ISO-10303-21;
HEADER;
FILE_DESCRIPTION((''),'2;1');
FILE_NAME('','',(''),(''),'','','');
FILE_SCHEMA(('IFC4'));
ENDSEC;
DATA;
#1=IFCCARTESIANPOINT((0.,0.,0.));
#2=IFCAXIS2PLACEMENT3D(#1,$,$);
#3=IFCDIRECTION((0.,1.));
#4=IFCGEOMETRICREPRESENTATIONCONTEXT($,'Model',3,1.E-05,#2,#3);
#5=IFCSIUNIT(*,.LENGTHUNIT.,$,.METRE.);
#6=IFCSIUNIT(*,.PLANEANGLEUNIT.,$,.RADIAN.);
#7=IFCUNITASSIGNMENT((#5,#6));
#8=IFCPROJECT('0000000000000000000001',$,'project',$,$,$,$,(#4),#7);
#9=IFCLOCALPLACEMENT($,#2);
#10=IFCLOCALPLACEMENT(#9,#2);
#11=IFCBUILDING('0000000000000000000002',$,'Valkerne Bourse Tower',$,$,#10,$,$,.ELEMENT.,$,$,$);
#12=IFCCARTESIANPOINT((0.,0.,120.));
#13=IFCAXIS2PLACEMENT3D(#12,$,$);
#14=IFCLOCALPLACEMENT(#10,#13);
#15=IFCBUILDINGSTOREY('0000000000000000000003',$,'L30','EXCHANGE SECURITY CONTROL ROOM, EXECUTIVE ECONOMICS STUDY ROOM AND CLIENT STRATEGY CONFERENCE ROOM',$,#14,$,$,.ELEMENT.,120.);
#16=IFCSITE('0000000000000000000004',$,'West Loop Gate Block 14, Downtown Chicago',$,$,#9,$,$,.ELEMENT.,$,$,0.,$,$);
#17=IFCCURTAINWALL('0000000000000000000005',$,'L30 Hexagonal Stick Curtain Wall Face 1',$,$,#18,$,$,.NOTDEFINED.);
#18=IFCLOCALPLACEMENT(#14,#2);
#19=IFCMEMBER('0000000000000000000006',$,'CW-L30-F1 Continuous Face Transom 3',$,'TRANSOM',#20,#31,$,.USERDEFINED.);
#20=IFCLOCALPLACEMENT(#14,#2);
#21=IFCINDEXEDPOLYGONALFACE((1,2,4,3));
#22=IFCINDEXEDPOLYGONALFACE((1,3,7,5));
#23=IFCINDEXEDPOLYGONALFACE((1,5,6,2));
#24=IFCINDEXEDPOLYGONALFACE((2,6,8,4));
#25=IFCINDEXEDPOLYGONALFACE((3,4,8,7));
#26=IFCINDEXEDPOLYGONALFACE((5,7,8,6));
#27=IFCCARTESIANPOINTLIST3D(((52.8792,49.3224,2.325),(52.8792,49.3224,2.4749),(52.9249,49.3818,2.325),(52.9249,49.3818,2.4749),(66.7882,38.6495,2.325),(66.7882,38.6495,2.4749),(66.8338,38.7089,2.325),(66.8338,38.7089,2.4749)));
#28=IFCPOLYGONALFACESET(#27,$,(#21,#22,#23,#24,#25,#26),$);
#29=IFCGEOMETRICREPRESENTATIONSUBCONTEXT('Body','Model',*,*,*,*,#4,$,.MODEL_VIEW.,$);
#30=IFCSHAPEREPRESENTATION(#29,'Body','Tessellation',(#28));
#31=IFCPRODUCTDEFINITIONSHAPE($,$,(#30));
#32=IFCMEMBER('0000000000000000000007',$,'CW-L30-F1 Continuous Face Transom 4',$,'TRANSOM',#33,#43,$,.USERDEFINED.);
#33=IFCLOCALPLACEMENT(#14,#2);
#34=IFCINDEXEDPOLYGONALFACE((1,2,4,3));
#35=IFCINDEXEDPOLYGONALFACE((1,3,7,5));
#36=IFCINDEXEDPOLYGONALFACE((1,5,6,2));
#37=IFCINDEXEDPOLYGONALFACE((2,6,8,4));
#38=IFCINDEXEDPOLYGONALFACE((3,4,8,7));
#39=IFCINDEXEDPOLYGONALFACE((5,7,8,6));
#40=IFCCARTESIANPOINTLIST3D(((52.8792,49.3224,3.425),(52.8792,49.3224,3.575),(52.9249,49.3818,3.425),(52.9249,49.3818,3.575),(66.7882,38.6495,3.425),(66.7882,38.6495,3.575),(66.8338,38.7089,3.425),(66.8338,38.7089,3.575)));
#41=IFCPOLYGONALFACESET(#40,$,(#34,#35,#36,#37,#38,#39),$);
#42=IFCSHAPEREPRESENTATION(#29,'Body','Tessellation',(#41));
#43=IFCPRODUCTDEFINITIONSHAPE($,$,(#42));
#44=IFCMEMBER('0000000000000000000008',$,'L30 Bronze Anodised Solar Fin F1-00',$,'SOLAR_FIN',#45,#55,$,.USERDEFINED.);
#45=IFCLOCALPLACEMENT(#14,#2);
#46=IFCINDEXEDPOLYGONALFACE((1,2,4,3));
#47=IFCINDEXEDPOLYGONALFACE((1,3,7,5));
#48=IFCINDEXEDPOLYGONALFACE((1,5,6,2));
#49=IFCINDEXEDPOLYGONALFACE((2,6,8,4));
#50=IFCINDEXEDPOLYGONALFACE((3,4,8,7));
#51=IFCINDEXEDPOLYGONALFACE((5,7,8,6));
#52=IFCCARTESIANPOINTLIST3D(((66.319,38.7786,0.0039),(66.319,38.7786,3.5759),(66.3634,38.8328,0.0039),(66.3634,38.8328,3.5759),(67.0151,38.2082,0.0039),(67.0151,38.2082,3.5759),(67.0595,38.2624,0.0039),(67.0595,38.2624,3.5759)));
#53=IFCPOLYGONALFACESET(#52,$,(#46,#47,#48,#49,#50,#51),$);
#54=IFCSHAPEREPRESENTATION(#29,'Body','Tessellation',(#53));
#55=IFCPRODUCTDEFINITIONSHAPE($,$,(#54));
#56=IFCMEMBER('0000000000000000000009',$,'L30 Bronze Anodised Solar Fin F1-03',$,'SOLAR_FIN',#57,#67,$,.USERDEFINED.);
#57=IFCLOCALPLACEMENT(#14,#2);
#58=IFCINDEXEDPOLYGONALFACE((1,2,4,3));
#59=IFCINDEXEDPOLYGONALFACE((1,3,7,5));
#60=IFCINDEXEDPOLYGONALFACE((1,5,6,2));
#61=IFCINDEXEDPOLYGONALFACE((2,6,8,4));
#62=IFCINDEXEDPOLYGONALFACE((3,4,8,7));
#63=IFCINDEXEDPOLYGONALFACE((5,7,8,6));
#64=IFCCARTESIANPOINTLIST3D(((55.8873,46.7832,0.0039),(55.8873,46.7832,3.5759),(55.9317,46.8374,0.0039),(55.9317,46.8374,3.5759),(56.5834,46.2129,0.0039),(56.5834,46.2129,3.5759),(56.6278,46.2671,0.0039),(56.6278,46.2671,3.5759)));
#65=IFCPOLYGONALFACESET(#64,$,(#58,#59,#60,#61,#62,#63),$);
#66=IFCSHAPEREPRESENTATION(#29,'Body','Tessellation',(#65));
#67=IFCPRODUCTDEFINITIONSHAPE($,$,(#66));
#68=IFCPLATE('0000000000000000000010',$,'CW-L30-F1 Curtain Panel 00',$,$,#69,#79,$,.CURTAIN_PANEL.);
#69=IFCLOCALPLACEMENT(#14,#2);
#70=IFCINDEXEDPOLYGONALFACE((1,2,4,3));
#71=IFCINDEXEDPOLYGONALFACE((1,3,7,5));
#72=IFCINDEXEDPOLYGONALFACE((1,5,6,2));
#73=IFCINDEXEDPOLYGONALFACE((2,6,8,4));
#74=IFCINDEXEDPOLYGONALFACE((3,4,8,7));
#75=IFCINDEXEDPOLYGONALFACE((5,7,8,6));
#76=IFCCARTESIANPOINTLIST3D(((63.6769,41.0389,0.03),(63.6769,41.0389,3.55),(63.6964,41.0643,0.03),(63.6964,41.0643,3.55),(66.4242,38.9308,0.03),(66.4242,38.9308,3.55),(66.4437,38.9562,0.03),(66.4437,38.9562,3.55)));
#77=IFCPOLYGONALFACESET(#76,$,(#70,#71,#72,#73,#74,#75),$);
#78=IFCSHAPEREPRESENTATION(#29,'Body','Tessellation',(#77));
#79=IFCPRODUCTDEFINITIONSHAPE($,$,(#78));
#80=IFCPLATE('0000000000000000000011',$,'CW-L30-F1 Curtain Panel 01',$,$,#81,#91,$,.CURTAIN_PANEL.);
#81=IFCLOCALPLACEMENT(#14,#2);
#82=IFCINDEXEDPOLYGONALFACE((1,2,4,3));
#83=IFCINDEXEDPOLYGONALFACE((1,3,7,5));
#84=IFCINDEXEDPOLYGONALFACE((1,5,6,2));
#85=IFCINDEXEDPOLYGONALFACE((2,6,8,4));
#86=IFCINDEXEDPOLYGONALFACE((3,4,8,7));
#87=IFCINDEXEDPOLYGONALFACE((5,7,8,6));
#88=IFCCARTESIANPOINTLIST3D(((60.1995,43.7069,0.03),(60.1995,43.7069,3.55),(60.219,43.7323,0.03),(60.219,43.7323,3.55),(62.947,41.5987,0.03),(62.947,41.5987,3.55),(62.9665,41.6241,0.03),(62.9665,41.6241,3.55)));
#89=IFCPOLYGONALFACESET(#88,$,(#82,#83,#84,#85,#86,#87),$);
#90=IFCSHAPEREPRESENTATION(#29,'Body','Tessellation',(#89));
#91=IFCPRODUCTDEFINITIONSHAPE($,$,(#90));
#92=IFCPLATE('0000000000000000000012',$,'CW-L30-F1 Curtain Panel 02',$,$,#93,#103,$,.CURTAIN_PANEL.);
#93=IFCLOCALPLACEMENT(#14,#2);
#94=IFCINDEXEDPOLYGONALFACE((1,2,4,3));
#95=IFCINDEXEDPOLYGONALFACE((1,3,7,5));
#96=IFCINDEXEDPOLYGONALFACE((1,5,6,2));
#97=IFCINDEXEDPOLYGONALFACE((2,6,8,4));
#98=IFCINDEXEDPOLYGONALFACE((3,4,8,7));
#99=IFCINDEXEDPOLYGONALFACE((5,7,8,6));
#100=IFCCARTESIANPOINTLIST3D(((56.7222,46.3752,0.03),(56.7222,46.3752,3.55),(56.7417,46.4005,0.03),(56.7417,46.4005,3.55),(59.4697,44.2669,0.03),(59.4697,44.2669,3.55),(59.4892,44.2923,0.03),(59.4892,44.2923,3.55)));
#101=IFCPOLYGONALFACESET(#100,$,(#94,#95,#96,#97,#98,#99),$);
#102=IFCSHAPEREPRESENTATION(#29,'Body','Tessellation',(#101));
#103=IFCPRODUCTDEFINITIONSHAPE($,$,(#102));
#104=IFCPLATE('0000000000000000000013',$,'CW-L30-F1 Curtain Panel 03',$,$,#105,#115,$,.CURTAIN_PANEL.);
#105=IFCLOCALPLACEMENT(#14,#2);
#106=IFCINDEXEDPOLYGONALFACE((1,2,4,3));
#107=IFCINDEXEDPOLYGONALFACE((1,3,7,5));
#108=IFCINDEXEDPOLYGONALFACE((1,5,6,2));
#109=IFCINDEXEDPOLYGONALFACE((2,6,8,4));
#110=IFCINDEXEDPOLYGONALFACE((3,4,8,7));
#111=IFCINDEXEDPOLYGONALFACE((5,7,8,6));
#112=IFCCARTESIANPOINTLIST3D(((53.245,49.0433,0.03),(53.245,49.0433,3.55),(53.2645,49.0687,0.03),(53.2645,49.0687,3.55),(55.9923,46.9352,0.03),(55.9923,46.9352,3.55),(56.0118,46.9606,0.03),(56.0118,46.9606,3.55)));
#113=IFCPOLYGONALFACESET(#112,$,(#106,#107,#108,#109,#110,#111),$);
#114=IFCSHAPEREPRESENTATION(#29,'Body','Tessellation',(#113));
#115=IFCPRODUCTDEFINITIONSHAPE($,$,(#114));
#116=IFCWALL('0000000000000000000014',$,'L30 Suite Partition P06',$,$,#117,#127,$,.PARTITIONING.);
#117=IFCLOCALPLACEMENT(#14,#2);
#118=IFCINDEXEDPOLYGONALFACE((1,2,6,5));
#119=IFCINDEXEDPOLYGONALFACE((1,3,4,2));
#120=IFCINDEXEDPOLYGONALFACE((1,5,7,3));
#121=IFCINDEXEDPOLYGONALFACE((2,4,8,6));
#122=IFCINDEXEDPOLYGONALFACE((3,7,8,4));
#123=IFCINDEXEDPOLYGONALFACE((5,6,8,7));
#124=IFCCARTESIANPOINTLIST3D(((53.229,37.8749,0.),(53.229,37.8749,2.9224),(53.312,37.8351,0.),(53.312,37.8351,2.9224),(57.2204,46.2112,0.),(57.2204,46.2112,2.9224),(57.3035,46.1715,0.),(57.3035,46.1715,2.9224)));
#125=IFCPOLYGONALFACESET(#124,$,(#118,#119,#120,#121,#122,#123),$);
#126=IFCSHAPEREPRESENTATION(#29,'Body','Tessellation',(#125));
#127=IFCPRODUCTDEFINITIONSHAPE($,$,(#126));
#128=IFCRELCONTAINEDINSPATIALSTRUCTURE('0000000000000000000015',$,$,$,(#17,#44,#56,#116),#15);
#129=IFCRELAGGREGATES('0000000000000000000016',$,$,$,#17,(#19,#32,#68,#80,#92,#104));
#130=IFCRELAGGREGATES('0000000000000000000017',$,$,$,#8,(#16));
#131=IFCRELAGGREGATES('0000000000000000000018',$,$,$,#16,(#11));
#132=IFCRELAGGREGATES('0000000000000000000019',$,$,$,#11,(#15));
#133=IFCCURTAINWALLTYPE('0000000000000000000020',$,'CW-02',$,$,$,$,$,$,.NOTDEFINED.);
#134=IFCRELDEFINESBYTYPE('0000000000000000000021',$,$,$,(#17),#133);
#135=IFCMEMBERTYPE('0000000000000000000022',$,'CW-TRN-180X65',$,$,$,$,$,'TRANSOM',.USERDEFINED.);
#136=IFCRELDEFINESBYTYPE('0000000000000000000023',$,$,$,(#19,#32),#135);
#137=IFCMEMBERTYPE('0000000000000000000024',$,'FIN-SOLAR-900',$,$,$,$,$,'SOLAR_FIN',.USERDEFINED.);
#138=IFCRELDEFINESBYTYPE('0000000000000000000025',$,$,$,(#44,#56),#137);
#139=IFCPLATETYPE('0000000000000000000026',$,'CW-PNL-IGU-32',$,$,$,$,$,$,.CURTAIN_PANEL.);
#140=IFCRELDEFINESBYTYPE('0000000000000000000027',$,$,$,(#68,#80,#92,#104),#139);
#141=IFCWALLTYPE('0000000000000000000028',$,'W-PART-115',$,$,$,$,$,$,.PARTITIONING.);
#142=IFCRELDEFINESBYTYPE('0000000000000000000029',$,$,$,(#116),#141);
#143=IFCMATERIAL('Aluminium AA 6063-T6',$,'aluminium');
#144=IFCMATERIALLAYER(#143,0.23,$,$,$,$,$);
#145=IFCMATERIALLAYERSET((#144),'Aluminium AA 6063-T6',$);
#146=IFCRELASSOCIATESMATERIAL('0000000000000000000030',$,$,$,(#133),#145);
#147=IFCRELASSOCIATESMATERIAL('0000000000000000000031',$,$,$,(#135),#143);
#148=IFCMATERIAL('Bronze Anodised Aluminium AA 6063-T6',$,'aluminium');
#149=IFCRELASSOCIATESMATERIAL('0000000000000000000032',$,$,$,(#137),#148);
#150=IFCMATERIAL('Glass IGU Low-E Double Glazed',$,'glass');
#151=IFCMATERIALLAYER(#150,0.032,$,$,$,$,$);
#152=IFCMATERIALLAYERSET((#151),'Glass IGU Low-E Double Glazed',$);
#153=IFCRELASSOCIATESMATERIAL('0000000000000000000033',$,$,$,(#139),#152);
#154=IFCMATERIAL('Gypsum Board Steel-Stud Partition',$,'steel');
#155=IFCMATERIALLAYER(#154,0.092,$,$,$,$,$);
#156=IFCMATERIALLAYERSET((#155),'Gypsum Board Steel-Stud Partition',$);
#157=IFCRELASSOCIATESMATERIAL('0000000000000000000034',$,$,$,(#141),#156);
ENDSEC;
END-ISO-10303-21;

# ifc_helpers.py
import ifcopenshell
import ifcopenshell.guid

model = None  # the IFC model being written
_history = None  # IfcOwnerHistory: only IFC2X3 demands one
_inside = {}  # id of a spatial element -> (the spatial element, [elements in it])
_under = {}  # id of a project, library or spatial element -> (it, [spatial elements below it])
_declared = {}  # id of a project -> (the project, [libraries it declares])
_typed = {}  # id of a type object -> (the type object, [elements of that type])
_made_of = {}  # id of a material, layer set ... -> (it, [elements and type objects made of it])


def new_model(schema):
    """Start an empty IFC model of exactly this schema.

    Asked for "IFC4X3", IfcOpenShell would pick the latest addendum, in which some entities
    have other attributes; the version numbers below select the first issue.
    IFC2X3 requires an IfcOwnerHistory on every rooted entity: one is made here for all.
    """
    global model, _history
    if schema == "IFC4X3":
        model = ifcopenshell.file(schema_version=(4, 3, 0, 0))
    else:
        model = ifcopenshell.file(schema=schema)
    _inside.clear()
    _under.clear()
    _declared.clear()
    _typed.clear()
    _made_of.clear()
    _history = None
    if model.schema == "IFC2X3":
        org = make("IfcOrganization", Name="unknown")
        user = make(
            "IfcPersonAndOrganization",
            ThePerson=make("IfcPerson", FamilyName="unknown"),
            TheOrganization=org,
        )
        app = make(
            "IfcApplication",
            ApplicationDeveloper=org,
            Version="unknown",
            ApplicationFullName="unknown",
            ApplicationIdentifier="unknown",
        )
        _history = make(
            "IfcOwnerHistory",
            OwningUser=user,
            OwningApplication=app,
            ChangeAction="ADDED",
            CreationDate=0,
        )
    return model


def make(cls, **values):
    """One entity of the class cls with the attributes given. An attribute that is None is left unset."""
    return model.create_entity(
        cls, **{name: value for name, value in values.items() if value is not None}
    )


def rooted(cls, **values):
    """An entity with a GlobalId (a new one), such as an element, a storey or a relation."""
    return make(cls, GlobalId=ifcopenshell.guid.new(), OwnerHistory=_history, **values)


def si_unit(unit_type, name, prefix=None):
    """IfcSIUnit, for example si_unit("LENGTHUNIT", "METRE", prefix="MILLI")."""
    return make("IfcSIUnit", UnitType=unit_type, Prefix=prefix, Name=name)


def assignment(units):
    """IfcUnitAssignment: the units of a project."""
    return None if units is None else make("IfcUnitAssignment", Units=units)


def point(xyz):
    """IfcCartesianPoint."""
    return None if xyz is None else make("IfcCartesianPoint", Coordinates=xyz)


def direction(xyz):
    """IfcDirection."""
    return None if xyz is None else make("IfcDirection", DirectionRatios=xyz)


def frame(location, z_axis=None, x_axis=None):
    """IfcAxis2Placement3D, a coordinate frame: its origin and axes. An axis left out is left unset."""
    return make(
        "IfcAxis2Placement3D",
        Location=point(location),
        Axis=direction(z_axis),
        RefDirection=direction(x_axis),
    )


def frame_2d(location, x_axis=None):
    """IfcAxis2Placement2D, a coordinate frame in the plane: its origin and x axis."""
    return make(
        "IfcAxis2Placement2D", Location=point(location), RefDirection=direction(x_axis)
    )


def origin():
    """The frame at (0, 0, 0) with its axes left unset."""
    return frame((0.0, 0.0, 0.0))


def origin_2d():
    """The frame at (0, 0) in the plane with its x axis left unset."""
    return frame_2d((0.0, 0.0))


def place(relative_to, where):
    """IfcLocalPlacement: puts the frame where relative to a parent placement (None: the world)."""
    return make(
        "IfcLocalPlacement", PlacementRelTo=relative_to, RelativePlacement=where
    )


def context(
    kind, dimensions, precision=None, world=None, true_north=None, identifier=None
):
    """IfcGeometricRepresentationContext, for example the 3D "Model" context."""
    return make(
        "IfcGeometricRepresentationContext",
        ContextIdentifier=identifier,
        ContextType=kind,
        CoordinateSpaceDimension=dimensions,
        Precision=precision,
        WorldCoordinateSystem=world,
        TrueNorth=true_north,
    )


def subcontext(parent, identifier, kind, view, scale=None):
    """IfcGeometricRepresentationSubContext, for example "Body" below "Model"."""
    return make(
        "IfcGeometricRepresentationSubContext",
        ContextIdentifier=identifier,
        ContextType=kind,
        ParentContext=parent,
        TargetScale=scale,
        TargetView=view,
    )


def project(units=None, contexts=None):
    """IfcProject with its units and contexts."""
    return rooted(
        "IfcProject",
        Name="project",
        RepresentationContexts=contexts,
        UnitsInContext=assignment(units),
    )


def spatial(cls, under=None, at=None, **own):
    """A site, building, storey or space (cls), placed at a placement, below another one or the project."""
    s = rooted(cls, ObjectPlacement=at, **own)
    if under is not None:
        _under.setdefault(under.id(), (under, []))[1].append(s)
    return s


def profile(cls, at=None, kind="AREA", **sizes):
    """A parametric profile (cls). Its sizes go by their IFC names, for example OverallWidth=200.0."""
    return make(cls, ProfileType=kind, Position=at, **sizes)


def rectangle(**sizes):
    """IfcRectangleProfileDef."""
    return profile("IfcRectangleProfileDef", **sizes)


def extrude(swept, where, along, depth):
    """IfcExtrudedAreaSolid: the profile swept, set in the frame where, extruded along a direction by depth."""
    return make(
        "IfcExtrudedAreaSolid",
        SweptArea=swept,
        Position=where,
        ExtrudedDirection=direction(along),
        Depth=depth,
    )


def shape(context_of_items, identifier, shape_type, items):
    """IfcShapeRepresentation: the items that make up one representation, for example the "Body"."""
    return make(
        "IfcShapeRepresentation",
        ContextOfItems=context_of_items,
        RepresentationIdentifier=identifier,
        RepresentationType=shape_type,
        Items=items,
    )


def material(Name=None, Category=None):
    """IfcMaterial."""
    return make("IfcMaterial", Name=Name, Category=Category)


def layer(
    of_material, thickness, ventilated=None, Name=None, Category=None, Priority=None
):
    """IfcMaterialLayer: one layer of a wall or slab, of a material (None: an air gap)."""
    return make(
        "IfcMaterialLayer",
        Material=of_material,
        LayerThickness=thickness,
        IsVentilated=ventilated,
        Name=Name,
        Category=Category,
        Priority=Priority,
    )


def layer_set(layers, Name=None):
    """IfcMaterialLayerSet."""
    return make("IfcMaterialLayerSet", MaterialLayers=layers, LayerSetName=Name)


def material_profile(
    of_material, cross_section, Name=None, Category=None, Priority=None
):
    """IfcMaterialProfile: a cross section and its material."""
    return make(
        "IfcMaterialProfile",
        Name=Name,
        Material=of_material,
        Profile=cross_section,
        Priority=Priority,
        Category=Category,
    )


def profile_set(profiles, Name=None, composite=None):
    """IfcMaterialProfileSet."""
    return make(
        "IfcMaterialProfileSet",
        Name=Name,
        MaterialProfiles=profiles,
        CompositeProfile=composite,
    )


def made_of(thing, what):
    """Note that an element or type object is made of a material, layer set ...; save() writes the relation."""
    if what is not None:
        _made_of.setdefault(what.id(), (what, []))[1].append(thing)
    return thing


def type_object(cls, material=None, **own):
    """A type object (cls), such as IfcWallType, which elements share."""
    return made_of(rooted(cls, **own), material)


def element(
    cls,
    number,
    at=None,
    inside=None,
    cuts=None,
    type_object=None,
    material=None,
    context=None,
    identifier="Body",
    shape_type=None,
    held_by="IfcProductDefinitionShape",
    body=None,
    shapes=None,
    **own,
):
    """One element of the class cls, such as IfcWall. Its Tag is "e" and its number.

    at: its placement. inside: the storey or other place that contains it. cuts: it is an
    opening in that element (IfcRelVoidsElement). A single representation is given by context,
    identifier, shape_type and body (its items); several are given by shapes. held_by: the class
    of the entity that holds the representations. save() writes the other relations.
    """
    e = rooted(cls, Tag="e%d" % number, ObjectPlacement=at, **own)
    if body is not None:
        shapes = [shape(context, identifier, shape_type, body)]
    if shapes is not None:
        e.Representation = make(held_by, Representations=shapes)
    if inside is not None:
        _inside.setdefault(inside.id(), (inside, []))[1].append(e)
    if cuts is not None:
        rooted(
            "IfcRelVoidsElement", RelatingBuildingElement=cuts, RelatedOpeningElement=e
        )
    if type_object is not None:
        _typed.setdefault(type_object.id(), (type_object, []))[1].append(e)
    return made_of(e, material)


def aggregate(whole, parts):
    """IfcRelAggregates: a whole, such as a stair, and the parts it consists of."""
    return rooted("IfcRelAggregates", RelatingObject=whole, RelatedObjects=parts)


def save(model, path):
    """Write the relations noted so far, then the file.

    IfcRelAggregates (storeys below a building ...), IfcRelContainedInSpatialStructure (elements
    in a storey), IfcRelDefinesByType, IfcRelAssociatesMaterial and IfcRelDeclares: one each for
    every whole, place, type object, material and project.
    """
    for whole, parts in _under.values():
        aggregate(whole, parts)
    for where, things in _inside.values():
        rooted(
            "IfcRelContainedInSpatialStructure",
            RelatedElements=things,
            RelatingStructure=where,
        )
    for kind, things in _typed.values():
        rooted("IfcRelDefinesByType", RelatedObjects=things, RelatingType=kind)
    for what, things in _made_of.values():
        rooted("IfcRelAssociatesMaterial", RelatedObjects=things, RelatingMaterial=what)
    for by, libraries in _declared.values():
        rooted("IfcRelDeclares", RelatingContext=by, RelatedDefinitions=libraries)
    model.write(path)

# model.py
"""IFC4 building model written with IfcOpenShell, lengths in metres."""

from ifc_helpers import new_model, si_unit, direction, frame, frame_2d, origin, origin_2d, place, context, subcontext, project, spatial, rectangle, extrude, material, layer, layer_set, material_profile, profile_set, type_object, element, aggregate, save


model = new_model("IFC4")

# Units and contexts
model_context = context("Model", 3, precision=1e-05, world=origin(), true_north=direction((0.0, 1.0)))
body_context = subcontext(model_context, "Body", "Model", "MODEL_VIEW")
ifc_project = project(units=[si_unit("LENGTHUNIT", "METRE"), si_unit("PLANEANGLEUNIT", "RADIAN")], contexts=[model_context])

# Site, building, storey
site_placement = place(None, origin())
site = spatial("IfcSite", under=ifc_project, at=site_placement, Name="West Loop Gate Block 14, Downtown Chicago", CompositionType="ELEMENT", RefElevation=0.0)
building_placement = place(site_placement, origin())
building = spatial("IfcBuilding", under=site, at=building_placement, Name="Valkerne Bourse Tower", CompositionType="ELEMENT")
storey_placement = place(building_placement, frame((0.0, 0.0, 120.0)))
storey = spatial("IfcBuildingStorey", under=building, at=storey_placement, Name="L30", Description="EXCHANGE SECURITY CONTROL ROOM, EXECUTIVE ECONOMICS STUDY ROOM AND CLIENT STRATEGY CONFERENCE ROOM", CompositionType="ELEMENT", Elevation=120.0)

# Curtain wall, members
ifc_material_1 = material(Name="Aluminium AA 6063-T6", Category="aluminium")
ifc_layer_1 = layer(ifc_material_1, 0.23)
ifc_layer_set_1 = layer_set([ifc_layer_1], Name="Aluminium AA 6063-T6")
curtain_wall_type = type_object("IfcCurtainWallType", Name="CW-02", PredefinedType="NOTDEFINED", material=ifc_layer_set_1)
curtain_wall_placement = place(storey_placement, origin())
curtain_wall = element("IfcCurtainWall", 1, at=curtain_wall_placement, inside=storey, type_object=curtain_wall_type, Name="L30 Hexagonal Stick Curtain Wall Face 1", PredefinedType="NOTDEFINED")
ifc_material_profile_1 = material_profile(ifc_material_1, rectangle(XDim=0.075, YDim=0.1499, at=origin_2d()), Name="CWT-75X150")
ifc_profile_set_1 = profile_set([ifc_material_profile_1], Name="Aluminium AA 6063-T6")
member_type_1 = type_object("IfcMemberType", Name="CW-TRN-180X65", ElementType="TRANSOM", PredefinedType="USERDEFINED", material=ifc_profile_set_1)
member_1_placement = place(storey_placement, frame((66.811, 38.6792, 2.3999), z_axis=(-0.793349, 0.608767, 0.0), x_axis=(-0.608767, -0.793349, 0.0)))
member_1 = element("IfcMember", 2, at=member_1_placement, type_object=member_type_1, Name="CW-L30-F1 Continuous Face Transom 3", ObjectType="TRANSOM", PredefinedType="USERDEFINED", context=body_context, shape_type="SweptSolid", body=[
    extrude(rectangle(XDim=0.075, YDim=0.1499, at=origin_2d()), origin(), (0.0, 0.0, 1.0), 17.532),
])
member_2_placement = place(storey_placement, frame((66.811, 38.6792, 3.5), z_axis=(-0.793349, 0.608767, 0.0), x_axis=(-0.608767, -0.793349, 0.0)))
member_2 = element("IfcMember", 3, at=member_2_placement, type_object=member_type_1, Name="CW-L30-F1 Continuous Face Transom 4", ObjectType="TRANSOM", PredefinedType="USERDEFINED", context=body_context, shape_type="SweptSolid", body=[
    extrude(rectangle(XDim=0.075, YDim=0.1499, at=origin_2d()), origin(), (0.0, 0.0, 1.0), 17.532),
])

# Members
ifc_material_2 = material(Name="Bronze Anodised Aluminium AA 6063-T6", Category="aluminium")
ifc_material_profile_2 = material_profile(ifc_material_2, rectangle(XDim=0.0701, YDim=0.8999, at=origin_2d()), Name="FIN-70X900")
ifc_profile_set_2 = profile_set([ifc_material_profile_2], Name="Bronze Anodised Aluminium AA 6063-T6")
member_type_2 = type_object("IfcMemberType", Name="FIN-SOLAR-900", ElementType="SOLAR_FIN", PredefinedType="USERDEFINED", material=ifc_profile_set_2)
for number, where, z_axis, x_axis, name in (
    (4, (66.6892, 38.5205, 0.0039), (0.0, 0.0, 1.0), (0.633756, 0.773533, 0.0), "L30 Bronze Anodised Solar Fin F1-00"),
    (5, (56.2576, 46.5251, 0.0039), (0.0, 0.0, 1.0), (0.633756, 0.773533, 0.0), "L30 Bronze Anodised Solar Fin F1-03"),
):
    element("IfcMember", number, at=place(storey_placement, frame(where, z_axis=z_axis, x_axis=x_axis)), inside=storey, type_object=member_type_2, Name=name, ObjectType="SOLAR_FIN", PredefinedType="USERDEFINED", context=body_context, shape_type="SweptSolid", body=[
        extrude(rectangle(XDim=0.0701, YDim=0.8999, at=origin_2d()), origin(), (0.0, 0.0, 1.0), 3.572),
    ])

# Plates
ifc_material_3 = material(Name="Glass IGU Low-E Double Glazed", Category="glass")
ifc_layer_2 = layer(ifc_material_3, 0.032)
ifc_layer_set_2 = layer_set([ifc_layer_2], Name="Glass IGU Low-E Double Glazed")
plate_type = type_object("IfcPlateType", Name="CW-PNL-IGU-32", PredefinedType="CURTAIN_PANEL", material=ifc_layer_set_2)
plate_1_placement = place(storey_placement, frame((65.0603, 39.9976, 0.03), z_axis=(0.0, 0.0, 1.0), x_axis=(-0.793348, 0.608769, 0.0)))
plate_1 = element("IfcPlate", 6, at=plate_1_placement, type_object=plate_type, Name="CW-L30-F1 Curtain Panel 00", PredefinedType="CURTAIN_PANEL", context=body_context, shape_type="SweptSolid", body=[
    extrude(rectangle(XDim=3.4629, YDim=0.032, at=origin_2d()), origin(), (0.0, 0.0, 1.0), 3.52),
])
plate_2_placement = place(storey_placement, frame((61.583, 42.6655, 0.03), z_axis=(0.0, 0.0, 1.0), x_axis=(-0.793356, 0.608758, 0.0)))
plate_2 = element("IfcPlate", 7, at=plate_2_placement, type_object=plate_type, Name="CW-L30-F1 Curtain Panel 01", PredefinedType="CURTAIN_PANEL", context=body_context, shape_type="SweptSolid", body=[
    extrude(rectangle(XDim=3.4631, YDim=0.032, at=origin_2d()), origin(), (0.0, 0.0, 1.0), 3.52),
])
plate_3_placement = place(storey_placement, frame((58.1057, 45.3337, 0.03), z_axis=(0.0, 0.0, 1.0), x_axis=(-0.793356, 0.608758, 0.0)))
plate_3 = element("IfcPlate", 8, at=plate_3_placement, type_object=plate_type, Name="CW-L30-F1 Curtain Panel 02", PredefinedType="CURTAIN_PANEL", context=body_context, shape_type="SweptSolid", body=[
    extrude(rectangle(XDim=3.4631, YDim=0.032, at=origin_2d()), origin(), (0.0, 0.0, 1.0), 3.52),
])
plate_4_placement = place(storey_placement, frame((54.6284, 48.002, 0.03), z_axis=(0.0, 0.0, 1.0), x_axis=(-0.793348, 0.608769, 0.0)))
plate_4 = element("IfcPlate", 9, at=plate_4_placement, type_object=plate_type, Name="CW-L30-F1 Curtain Panel 03", PredefinedType="CURTAIN_PANEL", context=body_context, shape_type="SweptSolid", body=[
    extrude(rectangle(XDim=3.4629, YDim=0.032, at=origin_2d()), origin(), (0.0, 0.0, 1.0), 3.52),
])
aggregate(curtain_wall, [member_1, member_2, plate_1, plate_2, plate_3, plate_4])

# Wall
ifc_material_4 = material(Name="Gypsum Board Steel-Stud Partition", Category="steel")
ifc_layer_3 = layer(ifc_material_4, 0.092)
ifc_layer_set_3 = layer_set([ifc_layer_3], Name="Gypsum Board Steel-Stud Partition")
wall_type = type_object("IfcWallType", Name="W-PART-115", PredefinedType="PARTITIONING", material=ifc_layer_set_3)
wall_placement = place(storey_placement, frame((53.2705, 37.855, 0.0), z_axis=(0.0, 0.0, 1.0), x_axis=(0.431849, 0.901946, 0.0)))
element("IfcWall", 10, at=wall_placement, inside=storey, type_object=wall_type, Name="L30 Suite Partition P06", PredefinedType="PARTITIONING", context=body_context, shape_type="SweptSolid", body=[
    extrude(rectangle(XDim=9.2427, YDim=0.092, at=frame_2d((4.6213, 0.0))), origin(), (0.0, 0.0, 1.0), 2.9224),
])

save(model, "model.ifc")
